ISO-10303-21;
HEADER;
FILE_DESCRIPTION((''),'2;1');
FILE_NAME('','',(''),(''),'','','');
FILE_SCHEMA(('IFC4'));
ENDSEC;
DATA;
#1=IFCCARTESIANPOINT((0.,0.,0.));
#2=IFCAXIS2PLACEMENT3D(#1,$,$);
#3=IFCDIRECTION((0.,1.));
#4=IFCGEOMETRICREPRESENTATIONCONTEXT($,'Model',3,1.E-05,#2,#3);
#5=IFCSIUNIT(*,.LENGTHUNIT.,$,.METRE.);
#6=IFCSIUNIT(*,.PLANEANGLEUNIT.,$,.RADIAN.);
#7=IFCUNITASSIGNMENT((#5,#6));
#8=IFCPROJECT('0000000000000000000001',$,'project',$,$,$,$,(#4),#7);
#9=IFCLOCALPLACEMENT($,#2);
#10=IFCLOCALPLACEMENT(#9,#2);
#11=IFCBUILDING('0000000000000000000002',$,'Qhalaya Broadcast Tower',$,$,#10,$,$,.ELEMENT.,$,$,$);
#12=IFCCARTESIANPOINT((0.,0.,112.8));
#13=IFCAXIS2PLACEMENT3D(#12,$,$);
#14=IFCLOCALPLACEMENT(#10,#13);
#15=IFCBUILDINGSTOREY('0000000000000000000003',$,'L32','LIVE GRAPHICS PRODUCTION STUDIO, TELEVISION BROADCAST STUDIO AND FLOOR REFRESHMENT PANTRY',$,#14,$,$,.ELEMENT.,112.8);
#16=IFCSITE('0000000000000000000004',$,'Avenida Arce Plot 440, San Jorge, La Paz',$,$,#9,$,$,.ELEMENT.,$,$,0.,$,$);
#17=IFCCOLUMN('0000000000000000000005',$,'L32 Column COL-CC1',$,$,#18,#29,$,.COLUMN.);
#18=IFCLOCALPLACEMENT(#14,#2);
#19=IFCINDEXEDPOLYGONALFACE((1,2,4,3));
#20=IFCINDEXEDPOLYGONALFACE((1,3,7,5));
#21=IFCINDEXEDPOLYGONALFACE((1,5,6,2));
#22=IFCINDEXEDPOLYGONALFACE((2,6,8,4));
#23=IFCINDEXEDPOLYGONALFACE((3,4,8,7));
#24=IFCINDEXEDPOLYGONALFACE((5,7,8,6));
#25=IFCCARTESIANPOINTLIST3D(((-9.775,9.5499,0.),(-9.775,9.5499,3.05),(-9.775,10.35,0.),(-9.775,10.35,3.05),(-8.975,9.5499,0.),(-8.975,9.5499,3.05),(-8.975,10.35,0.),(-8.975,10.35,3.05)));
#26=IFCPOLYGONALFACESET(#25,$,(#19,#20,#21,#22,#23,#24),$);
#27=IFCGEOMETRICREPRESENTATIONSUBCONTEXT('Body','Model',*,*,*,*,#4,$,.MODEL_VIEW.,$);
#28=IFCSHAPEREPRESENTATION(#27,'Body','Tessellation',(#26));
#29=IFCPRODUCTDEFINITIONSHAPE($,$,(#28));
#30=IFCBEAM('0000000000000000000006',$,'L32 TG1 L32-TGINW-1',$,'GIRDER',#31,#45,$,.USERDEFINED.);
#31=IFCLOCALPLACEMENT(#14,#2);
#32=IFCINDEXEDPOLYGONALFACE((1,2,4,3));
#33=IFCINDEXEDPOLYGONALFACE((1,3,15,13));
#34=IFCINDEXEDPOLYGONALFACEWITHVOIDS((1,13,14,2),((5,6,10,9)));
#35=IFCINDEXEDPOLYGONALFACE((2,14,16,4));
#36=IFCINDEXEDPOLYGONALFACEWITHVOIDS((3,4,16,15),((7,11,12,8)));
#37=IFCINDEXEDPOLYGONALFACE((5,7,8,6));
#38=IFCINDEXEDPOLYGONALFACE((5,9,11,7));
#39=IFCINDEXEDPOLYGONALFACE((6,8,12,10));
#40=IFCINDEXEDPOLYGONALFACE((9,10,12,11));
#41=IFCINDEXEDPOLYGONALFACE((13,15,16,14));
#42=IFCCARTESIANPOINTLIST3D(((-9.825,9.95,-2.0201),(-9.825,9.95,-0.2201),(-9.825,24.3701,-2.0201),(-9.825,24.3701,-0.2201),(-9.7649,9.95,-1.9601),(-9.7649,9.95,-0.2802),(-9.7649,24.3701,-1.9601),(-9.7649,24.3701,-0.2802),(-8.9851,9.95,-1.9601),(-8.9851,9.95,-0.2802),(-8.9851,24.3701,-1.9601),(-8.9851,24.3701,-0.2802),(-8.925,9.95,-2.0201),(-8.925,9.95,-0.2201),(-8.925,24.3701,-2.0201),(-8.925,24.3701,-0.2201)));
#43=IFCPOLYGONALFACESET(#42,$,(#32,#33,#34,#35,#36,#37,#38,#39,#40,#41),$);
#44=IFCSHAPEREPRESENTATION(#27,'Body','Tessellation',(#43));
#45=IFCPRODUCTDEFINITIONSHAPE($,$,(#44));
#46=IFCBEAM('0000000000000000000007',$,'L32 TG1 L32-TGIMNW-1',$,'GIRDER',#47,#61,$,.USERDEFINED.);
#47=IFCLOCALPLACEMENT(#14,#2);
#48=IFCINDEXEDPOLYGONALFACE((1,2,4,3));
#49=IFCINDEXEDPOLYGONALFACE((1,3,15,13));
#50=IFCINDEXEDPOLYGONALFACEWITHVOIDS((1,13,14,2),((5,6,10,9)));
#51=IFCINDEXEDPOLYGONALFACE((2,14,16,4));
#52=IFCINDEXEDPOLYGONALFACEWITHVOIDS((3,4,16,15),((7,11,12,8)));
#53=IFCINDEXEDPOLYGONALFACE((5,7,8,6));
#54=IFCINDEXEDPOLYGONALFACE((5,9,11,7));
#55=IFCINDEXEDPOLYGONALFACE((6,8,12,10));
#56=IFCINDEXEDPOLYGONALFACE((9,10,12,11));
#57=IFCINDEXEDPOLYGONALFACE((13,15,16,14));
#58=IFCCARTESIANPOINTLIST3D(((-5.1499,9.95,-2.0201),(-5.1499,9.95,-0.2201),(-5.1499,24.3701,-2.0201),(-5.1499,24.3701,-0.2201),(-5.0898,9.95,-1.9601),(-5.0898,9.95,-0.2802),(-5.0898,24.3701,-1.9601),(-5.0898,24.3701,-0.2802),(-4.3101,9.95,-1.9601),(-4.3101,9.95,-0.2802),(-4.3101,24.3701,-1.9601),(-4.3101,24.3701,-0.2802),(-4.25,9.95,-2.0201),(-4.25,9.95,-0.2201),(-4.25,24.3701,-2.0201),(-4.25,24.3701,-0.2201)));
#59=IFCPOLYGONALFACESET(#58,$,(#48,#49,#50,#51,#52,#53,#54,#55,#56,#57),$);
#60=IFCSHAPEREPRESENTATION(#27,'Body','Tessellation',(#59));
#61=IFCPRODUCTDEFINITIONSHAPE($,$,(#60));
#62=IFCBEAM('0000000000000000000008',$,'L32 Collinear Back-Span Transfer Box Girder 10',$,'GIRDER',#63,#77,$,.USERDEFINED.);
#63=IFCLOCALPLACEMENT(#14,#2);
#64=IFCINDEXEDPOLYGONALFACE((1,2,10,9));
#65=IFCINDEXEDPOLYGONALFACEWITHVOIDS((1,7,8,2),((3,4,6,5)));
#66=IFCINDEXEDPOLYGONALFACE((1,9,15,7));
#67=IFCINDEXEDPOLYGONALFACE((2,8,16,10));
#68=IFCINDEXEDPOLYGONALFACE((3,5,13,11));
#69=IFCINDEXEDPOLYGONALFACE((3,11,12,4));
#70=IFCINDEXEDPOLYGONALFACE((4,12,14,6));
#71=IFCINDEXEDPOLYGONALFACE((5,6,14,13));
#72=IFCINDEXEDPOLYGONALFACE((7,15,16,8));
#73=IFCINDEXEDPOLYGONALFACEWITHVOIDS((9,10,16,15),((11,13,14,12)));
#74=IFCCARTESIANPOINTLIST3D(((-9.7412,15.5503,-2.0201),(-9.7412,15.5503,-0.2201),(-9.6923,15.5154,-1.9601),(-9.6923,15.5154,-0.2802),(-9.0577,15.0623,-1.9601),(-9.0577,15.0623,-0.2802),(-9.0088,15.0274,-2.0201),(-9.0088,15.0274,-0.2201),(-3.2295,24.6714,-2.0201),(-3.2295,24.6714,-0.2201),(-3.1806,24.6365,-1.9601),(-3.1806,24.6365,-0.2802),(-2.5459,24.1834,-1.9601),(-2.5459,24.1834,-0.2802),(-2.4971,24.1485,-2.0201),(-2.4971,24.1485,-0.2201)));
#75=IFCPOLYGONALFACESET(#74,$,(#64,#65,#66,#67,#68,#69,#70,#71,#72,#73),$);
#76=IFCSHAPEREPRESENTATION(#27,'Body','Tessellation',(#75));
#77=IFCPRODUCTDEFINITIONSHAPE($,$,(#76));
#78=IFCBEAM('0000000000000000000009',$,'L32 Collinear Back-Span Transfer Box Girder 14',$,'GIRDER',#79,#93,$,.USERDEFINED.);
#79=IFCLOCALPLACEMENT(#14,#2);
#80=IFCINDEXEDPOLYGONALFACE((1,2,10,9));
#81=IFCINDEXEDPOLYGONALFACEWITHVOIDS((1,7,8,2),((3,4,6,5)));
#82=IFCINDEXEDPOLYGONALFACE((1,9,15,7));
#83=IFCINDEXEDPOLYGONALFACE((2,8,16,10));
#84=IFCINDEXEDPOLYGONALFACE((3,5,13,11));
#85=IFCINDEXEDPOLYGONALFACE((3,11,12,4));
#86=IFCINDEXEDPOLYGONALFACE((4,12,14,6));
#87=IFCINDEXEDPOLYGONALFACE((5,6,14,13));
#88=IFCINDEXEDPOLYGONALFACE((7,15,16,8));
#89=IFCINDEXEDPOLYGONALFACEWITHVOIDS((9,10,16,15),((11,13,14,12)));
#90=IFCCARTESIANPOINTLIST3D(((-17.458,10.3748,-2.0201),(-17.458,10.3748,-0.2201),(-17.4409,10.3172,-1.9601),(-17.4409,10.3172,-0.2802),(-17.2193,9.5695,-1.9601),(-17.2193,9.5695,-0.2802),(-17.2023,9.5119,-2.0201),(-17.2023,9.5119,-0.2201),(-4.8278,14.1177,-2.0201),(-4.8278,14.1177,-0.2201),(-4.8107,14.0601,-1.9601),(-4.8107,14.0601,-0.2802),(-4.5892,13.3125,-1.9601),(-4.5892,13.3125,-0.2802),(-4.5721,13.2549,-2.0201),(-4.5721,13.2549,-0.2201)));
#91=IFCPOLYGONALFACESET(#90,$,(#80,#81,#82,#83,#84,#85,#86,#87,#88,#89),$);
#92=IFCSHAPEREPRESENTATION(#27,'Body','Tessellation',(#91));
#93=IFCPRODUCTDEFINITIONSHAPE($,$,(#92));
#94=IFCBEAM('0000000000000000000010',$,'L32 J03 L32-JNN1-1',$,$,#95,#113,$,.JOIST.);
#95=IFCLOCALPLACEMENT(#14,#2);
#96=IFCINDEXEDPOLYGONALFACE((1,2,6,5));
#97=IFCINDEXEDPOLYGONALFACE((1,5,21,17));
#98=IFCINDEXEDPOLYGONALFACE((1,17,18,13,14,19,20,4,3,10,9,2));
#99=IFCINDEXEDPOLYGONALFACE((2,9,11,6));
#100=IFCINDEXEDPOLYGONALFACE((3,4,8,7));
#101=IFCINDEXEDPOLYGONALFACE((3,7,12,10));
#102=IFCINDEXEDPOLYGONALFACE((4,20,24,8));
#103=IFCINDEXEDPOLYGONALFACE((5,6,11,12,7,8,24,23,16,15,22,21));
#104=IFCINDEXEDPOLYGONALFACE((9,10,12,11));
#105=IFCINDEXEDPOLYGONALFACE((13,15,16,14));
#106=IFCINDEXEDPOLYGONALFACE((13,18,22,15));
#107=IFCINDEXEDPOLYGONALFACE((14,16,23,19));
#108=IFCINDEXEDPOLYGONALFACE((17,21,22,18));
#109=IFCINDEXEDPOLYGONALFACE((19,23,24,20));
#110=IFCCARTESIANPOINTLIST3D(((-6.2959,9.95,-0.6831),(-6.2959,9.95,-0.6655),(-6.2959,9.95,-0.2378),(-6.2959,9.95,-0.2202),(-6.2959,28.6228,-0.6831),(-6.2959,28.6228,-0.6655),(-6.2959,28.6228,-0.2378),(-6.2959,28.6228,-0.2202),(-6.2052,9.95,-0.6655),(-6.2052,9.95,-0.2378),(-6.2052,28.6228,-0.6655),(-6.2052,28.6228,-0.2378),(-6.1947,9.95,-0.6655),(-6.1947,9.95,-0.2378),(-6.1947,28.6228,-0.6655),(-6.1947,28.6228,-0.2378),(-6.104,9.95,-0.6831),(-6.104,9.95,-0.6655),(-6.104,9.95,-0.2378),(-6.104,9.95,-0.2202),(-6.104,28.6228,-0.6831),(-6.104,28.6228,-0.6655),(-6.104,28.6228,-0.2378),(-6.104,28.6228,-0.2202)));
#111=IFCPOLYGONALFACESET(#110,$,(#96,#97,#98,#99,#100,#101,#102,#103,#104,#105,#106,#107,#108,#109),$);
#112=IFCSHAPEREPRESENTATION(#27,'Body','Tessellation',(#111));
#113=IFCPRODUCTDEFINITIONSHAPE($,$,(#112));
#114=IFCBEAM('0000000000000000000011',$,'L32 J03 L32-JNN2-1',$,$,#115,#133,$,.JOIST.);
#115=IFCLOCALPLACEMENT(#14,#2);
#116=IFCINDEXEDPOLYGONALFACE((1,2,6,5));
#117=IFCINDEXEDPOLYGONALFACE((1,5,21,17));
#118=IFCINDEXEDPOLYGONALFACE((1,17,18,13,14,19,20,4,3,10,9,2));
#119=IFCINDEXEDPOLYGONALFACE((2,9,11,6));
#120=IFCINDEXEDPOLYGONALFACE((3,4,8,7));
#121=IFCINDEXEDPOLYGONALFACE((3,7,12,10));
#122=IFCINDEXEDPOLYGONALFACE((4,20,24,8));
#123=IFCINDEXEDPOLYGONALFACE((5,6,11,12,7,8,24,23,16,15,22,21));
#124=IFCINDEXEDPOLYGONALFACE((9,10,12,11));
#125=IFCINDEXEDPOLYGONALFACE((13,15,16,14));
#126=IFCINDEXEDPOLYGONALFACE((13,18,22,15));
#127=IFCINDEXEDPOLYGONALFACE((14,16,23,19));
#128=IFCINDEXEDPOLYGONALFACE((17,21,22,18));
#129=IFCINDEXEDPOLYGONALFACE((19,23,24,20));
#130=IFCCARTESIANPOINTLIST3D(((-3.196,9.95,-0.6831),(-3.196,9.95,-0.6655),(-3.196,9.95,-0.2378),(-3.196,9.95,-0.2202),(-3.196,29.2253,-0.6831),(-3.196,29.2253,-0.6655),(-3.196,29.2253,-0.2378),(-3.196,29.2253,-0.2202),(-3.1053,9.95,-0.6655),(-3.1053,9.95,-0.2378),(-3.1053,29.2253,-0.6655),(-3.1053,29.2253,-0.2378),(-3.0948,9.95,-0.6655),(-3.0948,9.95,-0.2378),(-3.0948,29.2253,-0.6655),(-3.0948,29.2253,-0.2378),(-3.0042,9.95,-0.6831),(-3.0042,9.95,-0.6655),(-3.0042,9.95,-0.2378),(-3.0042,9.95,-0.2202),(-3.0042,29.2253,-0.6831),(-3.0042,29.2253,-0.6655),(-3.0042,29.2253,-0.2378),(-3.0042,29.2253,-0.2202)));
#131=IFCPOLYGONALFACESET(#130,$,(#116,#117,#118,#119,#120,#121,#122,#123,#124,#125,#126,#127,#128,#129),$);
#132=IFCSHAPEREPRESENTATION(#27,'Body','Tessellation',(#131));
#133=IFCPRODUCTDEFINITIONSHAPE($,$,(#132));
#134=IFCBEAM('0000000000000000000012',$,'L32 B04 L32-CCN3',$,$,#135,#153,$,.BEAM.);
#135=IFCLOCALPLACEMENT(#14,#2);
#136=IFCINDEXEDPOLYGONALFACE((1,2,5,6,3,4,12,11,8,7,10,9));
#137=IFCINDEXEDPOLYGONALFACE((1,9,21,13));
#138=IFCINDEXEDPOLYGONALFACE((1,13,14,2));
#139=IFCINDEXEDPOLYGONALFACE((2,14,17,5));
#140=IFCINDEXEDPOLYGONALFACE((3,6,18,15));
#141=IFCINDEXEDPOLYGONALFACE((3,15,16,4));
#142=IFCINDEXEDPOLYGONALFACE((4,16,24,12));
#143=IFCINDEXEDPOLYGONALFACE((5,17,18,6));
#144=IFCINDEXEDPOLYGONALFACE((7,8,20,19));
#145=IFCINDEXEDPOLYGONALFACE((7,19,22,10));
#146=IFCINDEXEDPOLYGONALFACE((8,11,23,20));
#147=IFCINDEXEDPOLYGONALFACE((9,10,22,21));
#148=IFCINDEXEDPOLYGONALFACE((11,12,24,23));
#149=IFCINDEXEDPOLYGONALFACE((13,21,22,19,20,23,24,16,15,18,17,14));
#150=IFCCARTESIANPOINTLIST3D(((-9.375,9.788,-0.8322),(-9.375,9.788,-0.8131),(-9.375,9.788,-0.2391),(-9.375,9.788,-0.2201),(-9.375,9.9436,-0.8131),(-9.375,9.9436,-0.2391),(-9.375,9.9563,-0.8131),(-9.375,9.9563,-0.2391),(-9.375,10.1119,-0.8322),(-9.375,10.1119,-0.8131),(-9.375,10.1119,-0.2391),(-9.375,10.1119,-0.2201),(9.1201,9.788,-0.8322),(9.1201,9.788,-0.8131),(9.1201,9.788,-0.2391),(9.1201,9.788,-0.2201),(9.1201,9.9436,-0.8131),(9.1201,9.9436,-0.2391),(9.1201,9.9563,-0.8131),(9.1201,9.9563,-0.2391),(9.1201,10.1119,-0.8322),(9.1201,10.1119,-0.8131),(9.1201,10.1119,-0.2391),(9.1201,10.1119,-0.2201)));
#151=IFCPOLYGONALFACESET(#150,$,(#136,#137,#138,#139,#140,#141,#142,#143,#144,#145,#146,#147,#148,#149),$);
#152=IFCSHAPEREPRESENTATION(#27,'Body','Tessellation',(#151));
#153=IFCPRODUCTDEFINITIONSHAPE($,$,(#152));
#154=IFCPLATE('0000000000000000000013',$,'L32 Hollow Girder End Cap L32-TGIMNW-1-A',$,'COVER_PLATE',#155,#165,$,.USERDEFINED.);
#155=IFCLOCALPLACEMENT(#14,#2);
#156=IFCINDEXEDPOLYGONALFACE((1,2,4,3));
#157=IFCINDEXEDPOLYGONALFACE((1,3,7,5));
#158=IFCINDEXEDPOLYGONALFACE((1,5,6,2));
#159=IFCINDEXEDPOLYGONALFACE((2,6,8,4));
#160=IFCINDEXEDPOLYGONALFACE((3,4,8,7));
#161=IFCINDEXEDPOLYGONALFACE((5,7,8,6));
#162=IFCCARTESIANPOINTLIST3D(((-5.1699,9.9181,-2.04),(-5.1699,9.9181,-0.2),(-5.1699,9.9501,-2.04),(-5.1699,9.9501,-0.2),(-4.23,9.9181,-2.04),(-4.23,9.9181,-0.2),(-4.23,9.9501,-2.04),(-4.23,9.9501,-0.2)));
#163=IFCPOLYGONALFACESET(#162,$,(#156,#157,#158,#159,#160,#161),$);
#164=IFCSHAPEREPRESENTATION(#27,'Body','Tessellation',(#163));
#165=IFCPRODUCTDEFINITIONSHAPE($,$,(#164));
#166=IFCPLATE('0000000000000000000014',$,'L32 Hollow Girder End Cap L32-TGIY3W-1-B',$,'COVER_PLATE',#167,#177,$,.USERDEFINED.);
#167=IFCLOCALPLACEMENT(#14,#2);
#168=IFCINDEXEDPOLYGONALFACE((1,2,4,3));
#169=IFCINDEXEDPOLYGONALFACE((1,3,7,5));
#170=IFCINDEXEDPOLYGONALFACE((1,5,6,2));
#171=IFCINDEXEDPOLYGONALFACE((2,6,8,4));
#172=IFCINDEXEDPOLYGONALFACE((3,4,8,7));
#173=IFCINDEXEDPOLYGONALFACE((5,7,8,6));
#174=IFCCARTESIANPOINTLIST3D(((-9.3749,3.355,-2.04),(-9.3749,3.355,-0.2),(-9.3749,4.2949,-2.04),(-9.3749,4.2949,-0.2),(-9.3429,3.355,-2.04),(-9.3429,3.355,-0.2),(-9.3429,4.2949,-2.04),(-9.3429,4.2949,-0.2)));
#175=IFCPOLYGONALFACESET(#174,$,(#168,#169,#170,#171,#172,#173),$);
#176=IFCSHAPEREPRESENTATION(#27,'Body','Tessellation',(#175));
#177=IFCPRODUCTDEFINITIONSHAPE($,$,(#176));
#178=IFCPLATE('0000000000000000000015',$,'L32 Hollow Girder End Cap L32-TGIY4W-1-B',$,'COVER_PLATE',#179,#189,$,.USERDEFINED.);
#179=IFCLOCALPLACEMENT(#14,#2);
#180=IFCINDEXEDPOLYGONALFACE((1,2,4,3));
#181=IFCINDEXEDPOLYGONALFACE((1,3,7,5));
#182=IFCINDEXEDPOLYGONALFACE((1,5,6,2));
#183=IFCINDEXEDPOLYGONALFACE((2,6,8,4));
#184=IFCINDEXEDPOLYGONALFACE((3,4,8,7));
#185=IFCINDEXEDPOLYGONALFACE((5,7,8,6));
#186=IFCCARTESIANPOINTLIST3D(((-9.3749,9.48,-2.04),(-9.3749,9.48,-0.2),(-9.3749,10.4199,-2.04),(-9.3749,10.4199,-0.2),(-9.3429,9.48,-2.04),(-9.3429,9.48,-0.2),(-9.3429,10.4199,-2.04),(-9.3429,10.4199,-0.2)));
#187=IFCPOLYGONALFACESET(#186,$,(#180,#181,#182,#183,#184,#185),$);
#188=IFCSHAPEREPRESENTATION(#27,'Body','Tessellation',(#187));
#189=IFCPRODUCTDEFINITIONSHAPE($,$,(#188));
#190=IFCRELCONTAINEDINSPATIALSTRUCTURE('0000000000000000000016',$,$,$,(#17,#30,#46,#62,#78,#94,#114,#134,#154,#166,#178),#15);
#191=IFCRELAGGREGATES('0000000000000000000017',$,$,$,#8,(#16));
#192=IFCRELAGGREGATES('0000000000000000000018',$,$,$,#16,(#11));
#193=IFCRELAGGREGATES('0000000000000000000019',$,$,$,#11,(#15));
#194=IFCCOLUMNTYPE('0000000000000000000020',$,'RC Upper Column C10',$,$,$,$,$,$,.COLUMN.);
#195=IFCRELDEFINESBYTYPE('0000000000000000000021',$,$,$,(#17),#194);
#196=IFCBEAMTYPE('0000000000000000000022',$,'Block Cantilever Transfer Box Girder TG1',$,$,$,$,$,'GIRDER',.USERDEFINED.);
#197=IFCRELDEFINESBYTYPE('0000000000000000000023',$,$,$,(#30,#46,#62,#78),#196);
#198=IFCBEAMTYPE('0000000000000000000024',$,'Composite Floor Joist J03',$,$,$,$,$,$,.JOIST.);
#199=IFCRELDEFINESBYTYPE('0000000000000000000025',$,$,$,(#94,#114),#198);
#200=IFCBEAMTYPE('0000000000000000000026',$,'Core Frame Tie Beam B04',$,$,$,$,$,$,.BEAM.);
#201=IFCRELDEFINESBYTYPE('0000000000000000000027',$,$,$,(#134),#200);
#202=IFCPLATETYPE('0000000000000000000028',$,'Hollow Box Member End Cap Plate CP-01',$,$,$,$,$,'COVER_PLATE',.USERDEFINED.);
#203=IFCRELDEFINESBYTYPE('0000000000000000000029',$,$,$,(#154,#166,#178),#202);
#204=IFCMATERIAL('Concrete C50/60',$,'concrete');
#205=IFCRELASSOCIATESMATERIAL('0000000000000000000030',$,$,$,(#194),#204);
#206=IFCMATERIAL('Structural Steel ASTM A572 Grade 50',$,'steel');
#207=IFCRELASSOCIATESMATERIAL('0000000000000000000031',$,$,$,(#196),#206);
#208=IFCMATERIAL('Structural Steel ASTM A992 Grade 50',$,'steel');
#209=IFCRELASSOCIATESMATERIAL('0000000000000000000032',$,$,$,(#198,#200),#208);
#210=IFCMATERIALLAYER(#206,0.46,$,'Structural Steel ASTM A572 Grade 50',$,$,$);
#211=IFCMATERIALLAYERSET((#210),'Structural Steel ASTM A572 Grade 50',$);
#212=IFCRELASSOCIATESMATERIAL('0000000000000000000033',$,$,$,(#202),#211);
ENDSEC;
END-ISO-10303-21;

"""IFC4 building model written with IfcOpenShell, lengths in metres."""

from ifc_helpers import new_model, si_unit, direction, frame, origin, origin_2d, place, context, subcontext, project, spatial, rectangle, hollow_rectangle, i_section, extrude, material, layer, layer_set, material_profile, profile_set, type_object, element, save


model = new_model("IFC4")

# Units and contexts
model_context = context("Model", 3, precision=1e-05, world=origin(), true_north=direction((0.0, 1.0)))
body_context = subcontext(model_context, "Body", "Model", "MODEL_VIEW")
ifc_project = project(units=[si_unit("LENGTHUNIT", "METRE"), si_unit("PLANEANGLEUNIT", "RADIAN")], contexts=[model_context])

# Site, building, storey
site_placement = place(None, origin())
site = spatial("IfcSite", under=ifc_project, at=site_placement, Name="Avenida Arce Plot 440, San Jorge, La Paz", CompositionType="ELEMENT", RefElevation=0.0)
building_placement = place(site_placement, origin())
building = spatial("IfcBuilding", under=site, at=building_placement, Name="Qhalaya Broadcast Tower", CompositionType="ELEMENT")
storey_placement = place(building_placement, frame((0.0, 0.0, 112.8)))
storey = spatial("IfcBuildingStorey", under=building, at=storey_placement, Name="L32", Description="LIVE GRAPHICS PRODUCTION STUDIO, TELEVISION BROADCAST STUDIO AND FLOOR REFRESHMENT PANTRY", CompositionType="ELEMENT", Elevation=112.8)

# Column
ifc_material_1 = material(Name="Concrete C50/60", Category="concrete")
ifc_material_profile_1 = material_profile(ifc_material_1, rectangle(XDim=0.8, YDim=0.8, at=origin_2d()), Name="RC-COL 800x800")
ifc_profile_set_1 = profile_set([ifc_material_profile_1], Name="Concrete C50/60")
column_type = type_object("IfcColumnType", Name="RC Upper Column C10", PredefinedType="COLUMN", material=ifc_profile_set_1)
column_placement = place(storey_placement, frame((-9.375, 9.95, 0.0), z_axis=(0.0, 0.0, 1.0), x_axis=(1.0, 0.0, 0.0)))
element("IfcColumn", 1, at=column_placement, inside=storey, type_object=column_type, Name="L32 Column COL-CC1", PredefinedType="COLUMN", context=body_context, shape_type="SweptSolid", body=[
    extrude(rectangle(XDim=0.8, YDim=0.8, at=origin_2d()), origin(), (0.0, 0.0, 1.0), 3.05),
])

# Beams
ifc_material_2 = material(Name="Structural Steel ASTM A572 Grade 50", Category="steel")
ifc_material_profile_2 = material_profile(ifc_material_2, hollow_rectangle(XDim=0.8999, YDim=1.8, WallThickness=0.0601, at=origin_2d()), Name="BOX 900x1800x60")
ifc_profile_set_2 = profile_set([ifc_material_profile_2], Name="Structural Steel ASTM A572 Grade 50")
beam_type_1 = type_object("IfcBeamType", Name="Block Cantilever Transfer Box Girder TG1", ElementType="GIRDER", PredefinedType="USERDEFINED", material=ifc_profile_set_2)
for number, where, z_axis, x_axis, name in (
    (2, (-9.375, 9.95, -1.1201), (0.0, 1.0, 0.0), (-1.0, 0.0, 0.0), "L32 TG1 L32-TGINW-1"),
    (3, (-4.7, 9.95, -1.1201), (0.0, 1.0, 0.0), (-1.0, 0.0, 0.0), "L32 TG1 L32-TGIMNW-1"),
):
    element("IfcBeam", number, at=place(storey_placement, frame(where, z_axis=z_axis, x_axis=x_axis)), inside=storey, type_object=beam_type_1, Name=name, ObjectType="GIRDER", PredefinedType="USERDEFINED", context=body_context, shape_type="SweptSolid", body=[
        extrude(hollow_rectangle(XDim=0.8999, YDim=1.8, WallThickness=0.0601, at=origin_2d()), origin(), (0.0, 0.0, 1.0), 14.4202),
    ])
beam_1_placement = place(storey_placement, frame((-9.375, 15.2888, -1.1201), z_axis=(0.58104, 0.813875, 0.0), x_axis=(-0.813875, 0.58104, 0.0)))
element("IfcBeam", 4, at=beam_1_placement, inside=storey, type_object=beam_type_1, Name="L32 Collinear Back-Span Transfer Box Girder 10", ObjectType="GIRDER", PredefinedType="USERDEFINED", context=body_context, shape_type="SweptSolid", body=[
    extrude(hollow_rectangle(XDim=0.8999, YDim=1.8, WallThickness=0.0601, at=origin_2d()), origin(), (0.0, 0.0, 1.0), 11.207),
])
beam_2_placement = place(storey_placement, frame((-4.7, 13.6863, -1.1201), z_axis=(-0.958784, -0.284134, 0.0), x_axis=(0.284134, -0.958784, 0.0)))
element("IfcBeam", 5, at=beam_2_placement, inside=storey, type_object=beam_type_1, Name="L32 Collinear Back-Span Transfer Box Girder 14", ObjectType="GIRDER", PredefinedType="USERDEFINED", context=body_context, shape_type="SweptSolid", body=[
    extrude(hollow_rectangle(XDim=0.8999, YDim=1.8, WallThickness=0.0601, at=origin_2d()), origin(), (0.0, 0.0, 1.0), 13.1731),
])
ifc_material_3 = material(Name="Structural Steel ASTM A992 Grade 50", Category="steel")
ifc_material_profile_3 = material_profile(ifc_material_3, i_section(OverallWidth=0.1919, OverallDepth=0.4629, WebThickness=0.0105, FlangeThickness=0.0176, at=origin_2d()), Name="W18X60")
ifc_profile_set_3 = profile_set([ifc_material_profile_3], Name="Structural Steel ASTM A992 Grade 50")
beam_type_2 = type_object("IfcBeamType", Name="Composite Floor Joist J03", PredefinedType="JOIST", material=ifc_profile_set_3)
beam_3_placement = place(storey_placement, frame((-6.2, 9.95, -0.4517), z_axis=(0.0, 1.0, 0.0), x_axis=(-1.0, 0.0, 0.0)))
element("IfcBeam", 6, at=beam_3_placement, inside=storey, type_object=beam_type_2, Name="L32 J03 L32-JNN1-1", PredefinedType="JOIST", context=body_context, shape_type="SweptSolid", body=[
    extrude(i_section(OverallWidth=0.1919, OverallDepth=0.4629, WebThickness=0.0105, FlangeThickness=0.0176, at=origin_2d()), origin(), (0.0, 0.0, 1.0), 18.6729),
])
beam_4_placement = place(storey_placement, frame((-3.1001, 9.95, -0.4517), z_axis=(0.0, 1.0, 0.0), x_axis=(-1.0, 0.0, 0.0)))
element("IfcBeam", 7, at=beam_4_placement, inside=storey, type_object=beam_type_2, Name="L32 J03 L32-JNN2-1", PredefinedType="JOIST", context=body_context, shape_type="SweptSolid", body=[
    extrude(i_section(OverallWidth=0.1919, OverallDepth=0.4629, WebThickness=0.0105, FlangeThickness=0.0176, at=origin_2d()), origin(), (0.0, 0.0, 1.0), 19.2754),
])
ifc_material_profile_4 = material_profile(ifc_material_3, i_section(OverallWidth=0.324, OverallDepth=0.6121, WebThickness=0.0127, FlangeThickness=0.019, at=origin_2d()), Name="W24X104")
ifc_profile_set_4 = profile_set([ifc_material_profile_4], Name="Structural Steel ASTM A992 Grade 50")
beam_type_3 = type_object("IfcBeamType", Name="Core Frame Tie Beam B04", PredefinedType="BEAM", material=ifc_profile_set_4)
beam_5_placement = place(storey_placement, frame((-9.375, 9.95, -0.5261), z_axis=(1.0, 0.0, 0.0), x_axis=(0.0, 1.0, 0.0)))
element("IfcBeam", 8, at=beam_5_placement, inside=storey, type_object=beam_type_3, Name="L32 B04 L32-CCN3", PredefinedType="BEAM", context=body_context, shape_type="SweptSolid", body=[
    extrude(i_section(OverallWidth=0.324, OverallDepth=0.6121, WebThickness=0.0127, FlangeThickness=0.019, at=origin_2d()), origin(), (0.0, 0.0, 1.0), 18.4951),
])

# Plates
ifc_layer_1 = layer(ifc_material_2, 0.46, Name="Structural Steel ASTM A572 Grade 50")
ifc_layer_set_1 = layer_set([ifc_layer_1], Name="Structural Steel ASTM A572 Grade 50")
plate_type = type_object("IfcPlateType", Name="Hollow Box Member End Cap Plate CP-01", ElementType="COVER_PLATE", PredefinedType="USERDEFINED", material=ifc_layer_set_1)
for number, where, z_axis, x_axis, name in (
    (9, (-4.7, 9.9341, -2.04), (0.0, 0.0, 1.0), (-1.0, 0.0, 0.0), "L32 Hollow Girder End Cap L32-TGIMNW-1-A"),
    (10, (-9.3589, 3.825, -2.04), (0.0, 0.0, 1.0), (0.0, 1.0, 0.0), "L32 Hollow Girder End Cap L32-TGIY3W-1-B"),
    (11, (-9.3589, 9.95, -2.04), (0.0, 0.0, 1.0), (0.0, 1.0, 0.0), "L32 Hollow Girder End Cap L32-TGIY4W-1-B"),
):
    element("IfcPlate", number, at=place(storey_placement, frame(where, z_axis=z_axis, x_axis=x_axis)), inside=storey, type_object=plate_type, Name=name, ObjectType="COVER_PLATE", PredefinedType="USERDEFINED", context=body_context, shape_type="SweptSolid", body=[
        extrude(rectangle(XDim=0.9399, YDim=0.032, at=origin_2d()), origin(), (0.0, 0.0, 1.0), 1.8401),
    ])

save(model, "model.ifc")
